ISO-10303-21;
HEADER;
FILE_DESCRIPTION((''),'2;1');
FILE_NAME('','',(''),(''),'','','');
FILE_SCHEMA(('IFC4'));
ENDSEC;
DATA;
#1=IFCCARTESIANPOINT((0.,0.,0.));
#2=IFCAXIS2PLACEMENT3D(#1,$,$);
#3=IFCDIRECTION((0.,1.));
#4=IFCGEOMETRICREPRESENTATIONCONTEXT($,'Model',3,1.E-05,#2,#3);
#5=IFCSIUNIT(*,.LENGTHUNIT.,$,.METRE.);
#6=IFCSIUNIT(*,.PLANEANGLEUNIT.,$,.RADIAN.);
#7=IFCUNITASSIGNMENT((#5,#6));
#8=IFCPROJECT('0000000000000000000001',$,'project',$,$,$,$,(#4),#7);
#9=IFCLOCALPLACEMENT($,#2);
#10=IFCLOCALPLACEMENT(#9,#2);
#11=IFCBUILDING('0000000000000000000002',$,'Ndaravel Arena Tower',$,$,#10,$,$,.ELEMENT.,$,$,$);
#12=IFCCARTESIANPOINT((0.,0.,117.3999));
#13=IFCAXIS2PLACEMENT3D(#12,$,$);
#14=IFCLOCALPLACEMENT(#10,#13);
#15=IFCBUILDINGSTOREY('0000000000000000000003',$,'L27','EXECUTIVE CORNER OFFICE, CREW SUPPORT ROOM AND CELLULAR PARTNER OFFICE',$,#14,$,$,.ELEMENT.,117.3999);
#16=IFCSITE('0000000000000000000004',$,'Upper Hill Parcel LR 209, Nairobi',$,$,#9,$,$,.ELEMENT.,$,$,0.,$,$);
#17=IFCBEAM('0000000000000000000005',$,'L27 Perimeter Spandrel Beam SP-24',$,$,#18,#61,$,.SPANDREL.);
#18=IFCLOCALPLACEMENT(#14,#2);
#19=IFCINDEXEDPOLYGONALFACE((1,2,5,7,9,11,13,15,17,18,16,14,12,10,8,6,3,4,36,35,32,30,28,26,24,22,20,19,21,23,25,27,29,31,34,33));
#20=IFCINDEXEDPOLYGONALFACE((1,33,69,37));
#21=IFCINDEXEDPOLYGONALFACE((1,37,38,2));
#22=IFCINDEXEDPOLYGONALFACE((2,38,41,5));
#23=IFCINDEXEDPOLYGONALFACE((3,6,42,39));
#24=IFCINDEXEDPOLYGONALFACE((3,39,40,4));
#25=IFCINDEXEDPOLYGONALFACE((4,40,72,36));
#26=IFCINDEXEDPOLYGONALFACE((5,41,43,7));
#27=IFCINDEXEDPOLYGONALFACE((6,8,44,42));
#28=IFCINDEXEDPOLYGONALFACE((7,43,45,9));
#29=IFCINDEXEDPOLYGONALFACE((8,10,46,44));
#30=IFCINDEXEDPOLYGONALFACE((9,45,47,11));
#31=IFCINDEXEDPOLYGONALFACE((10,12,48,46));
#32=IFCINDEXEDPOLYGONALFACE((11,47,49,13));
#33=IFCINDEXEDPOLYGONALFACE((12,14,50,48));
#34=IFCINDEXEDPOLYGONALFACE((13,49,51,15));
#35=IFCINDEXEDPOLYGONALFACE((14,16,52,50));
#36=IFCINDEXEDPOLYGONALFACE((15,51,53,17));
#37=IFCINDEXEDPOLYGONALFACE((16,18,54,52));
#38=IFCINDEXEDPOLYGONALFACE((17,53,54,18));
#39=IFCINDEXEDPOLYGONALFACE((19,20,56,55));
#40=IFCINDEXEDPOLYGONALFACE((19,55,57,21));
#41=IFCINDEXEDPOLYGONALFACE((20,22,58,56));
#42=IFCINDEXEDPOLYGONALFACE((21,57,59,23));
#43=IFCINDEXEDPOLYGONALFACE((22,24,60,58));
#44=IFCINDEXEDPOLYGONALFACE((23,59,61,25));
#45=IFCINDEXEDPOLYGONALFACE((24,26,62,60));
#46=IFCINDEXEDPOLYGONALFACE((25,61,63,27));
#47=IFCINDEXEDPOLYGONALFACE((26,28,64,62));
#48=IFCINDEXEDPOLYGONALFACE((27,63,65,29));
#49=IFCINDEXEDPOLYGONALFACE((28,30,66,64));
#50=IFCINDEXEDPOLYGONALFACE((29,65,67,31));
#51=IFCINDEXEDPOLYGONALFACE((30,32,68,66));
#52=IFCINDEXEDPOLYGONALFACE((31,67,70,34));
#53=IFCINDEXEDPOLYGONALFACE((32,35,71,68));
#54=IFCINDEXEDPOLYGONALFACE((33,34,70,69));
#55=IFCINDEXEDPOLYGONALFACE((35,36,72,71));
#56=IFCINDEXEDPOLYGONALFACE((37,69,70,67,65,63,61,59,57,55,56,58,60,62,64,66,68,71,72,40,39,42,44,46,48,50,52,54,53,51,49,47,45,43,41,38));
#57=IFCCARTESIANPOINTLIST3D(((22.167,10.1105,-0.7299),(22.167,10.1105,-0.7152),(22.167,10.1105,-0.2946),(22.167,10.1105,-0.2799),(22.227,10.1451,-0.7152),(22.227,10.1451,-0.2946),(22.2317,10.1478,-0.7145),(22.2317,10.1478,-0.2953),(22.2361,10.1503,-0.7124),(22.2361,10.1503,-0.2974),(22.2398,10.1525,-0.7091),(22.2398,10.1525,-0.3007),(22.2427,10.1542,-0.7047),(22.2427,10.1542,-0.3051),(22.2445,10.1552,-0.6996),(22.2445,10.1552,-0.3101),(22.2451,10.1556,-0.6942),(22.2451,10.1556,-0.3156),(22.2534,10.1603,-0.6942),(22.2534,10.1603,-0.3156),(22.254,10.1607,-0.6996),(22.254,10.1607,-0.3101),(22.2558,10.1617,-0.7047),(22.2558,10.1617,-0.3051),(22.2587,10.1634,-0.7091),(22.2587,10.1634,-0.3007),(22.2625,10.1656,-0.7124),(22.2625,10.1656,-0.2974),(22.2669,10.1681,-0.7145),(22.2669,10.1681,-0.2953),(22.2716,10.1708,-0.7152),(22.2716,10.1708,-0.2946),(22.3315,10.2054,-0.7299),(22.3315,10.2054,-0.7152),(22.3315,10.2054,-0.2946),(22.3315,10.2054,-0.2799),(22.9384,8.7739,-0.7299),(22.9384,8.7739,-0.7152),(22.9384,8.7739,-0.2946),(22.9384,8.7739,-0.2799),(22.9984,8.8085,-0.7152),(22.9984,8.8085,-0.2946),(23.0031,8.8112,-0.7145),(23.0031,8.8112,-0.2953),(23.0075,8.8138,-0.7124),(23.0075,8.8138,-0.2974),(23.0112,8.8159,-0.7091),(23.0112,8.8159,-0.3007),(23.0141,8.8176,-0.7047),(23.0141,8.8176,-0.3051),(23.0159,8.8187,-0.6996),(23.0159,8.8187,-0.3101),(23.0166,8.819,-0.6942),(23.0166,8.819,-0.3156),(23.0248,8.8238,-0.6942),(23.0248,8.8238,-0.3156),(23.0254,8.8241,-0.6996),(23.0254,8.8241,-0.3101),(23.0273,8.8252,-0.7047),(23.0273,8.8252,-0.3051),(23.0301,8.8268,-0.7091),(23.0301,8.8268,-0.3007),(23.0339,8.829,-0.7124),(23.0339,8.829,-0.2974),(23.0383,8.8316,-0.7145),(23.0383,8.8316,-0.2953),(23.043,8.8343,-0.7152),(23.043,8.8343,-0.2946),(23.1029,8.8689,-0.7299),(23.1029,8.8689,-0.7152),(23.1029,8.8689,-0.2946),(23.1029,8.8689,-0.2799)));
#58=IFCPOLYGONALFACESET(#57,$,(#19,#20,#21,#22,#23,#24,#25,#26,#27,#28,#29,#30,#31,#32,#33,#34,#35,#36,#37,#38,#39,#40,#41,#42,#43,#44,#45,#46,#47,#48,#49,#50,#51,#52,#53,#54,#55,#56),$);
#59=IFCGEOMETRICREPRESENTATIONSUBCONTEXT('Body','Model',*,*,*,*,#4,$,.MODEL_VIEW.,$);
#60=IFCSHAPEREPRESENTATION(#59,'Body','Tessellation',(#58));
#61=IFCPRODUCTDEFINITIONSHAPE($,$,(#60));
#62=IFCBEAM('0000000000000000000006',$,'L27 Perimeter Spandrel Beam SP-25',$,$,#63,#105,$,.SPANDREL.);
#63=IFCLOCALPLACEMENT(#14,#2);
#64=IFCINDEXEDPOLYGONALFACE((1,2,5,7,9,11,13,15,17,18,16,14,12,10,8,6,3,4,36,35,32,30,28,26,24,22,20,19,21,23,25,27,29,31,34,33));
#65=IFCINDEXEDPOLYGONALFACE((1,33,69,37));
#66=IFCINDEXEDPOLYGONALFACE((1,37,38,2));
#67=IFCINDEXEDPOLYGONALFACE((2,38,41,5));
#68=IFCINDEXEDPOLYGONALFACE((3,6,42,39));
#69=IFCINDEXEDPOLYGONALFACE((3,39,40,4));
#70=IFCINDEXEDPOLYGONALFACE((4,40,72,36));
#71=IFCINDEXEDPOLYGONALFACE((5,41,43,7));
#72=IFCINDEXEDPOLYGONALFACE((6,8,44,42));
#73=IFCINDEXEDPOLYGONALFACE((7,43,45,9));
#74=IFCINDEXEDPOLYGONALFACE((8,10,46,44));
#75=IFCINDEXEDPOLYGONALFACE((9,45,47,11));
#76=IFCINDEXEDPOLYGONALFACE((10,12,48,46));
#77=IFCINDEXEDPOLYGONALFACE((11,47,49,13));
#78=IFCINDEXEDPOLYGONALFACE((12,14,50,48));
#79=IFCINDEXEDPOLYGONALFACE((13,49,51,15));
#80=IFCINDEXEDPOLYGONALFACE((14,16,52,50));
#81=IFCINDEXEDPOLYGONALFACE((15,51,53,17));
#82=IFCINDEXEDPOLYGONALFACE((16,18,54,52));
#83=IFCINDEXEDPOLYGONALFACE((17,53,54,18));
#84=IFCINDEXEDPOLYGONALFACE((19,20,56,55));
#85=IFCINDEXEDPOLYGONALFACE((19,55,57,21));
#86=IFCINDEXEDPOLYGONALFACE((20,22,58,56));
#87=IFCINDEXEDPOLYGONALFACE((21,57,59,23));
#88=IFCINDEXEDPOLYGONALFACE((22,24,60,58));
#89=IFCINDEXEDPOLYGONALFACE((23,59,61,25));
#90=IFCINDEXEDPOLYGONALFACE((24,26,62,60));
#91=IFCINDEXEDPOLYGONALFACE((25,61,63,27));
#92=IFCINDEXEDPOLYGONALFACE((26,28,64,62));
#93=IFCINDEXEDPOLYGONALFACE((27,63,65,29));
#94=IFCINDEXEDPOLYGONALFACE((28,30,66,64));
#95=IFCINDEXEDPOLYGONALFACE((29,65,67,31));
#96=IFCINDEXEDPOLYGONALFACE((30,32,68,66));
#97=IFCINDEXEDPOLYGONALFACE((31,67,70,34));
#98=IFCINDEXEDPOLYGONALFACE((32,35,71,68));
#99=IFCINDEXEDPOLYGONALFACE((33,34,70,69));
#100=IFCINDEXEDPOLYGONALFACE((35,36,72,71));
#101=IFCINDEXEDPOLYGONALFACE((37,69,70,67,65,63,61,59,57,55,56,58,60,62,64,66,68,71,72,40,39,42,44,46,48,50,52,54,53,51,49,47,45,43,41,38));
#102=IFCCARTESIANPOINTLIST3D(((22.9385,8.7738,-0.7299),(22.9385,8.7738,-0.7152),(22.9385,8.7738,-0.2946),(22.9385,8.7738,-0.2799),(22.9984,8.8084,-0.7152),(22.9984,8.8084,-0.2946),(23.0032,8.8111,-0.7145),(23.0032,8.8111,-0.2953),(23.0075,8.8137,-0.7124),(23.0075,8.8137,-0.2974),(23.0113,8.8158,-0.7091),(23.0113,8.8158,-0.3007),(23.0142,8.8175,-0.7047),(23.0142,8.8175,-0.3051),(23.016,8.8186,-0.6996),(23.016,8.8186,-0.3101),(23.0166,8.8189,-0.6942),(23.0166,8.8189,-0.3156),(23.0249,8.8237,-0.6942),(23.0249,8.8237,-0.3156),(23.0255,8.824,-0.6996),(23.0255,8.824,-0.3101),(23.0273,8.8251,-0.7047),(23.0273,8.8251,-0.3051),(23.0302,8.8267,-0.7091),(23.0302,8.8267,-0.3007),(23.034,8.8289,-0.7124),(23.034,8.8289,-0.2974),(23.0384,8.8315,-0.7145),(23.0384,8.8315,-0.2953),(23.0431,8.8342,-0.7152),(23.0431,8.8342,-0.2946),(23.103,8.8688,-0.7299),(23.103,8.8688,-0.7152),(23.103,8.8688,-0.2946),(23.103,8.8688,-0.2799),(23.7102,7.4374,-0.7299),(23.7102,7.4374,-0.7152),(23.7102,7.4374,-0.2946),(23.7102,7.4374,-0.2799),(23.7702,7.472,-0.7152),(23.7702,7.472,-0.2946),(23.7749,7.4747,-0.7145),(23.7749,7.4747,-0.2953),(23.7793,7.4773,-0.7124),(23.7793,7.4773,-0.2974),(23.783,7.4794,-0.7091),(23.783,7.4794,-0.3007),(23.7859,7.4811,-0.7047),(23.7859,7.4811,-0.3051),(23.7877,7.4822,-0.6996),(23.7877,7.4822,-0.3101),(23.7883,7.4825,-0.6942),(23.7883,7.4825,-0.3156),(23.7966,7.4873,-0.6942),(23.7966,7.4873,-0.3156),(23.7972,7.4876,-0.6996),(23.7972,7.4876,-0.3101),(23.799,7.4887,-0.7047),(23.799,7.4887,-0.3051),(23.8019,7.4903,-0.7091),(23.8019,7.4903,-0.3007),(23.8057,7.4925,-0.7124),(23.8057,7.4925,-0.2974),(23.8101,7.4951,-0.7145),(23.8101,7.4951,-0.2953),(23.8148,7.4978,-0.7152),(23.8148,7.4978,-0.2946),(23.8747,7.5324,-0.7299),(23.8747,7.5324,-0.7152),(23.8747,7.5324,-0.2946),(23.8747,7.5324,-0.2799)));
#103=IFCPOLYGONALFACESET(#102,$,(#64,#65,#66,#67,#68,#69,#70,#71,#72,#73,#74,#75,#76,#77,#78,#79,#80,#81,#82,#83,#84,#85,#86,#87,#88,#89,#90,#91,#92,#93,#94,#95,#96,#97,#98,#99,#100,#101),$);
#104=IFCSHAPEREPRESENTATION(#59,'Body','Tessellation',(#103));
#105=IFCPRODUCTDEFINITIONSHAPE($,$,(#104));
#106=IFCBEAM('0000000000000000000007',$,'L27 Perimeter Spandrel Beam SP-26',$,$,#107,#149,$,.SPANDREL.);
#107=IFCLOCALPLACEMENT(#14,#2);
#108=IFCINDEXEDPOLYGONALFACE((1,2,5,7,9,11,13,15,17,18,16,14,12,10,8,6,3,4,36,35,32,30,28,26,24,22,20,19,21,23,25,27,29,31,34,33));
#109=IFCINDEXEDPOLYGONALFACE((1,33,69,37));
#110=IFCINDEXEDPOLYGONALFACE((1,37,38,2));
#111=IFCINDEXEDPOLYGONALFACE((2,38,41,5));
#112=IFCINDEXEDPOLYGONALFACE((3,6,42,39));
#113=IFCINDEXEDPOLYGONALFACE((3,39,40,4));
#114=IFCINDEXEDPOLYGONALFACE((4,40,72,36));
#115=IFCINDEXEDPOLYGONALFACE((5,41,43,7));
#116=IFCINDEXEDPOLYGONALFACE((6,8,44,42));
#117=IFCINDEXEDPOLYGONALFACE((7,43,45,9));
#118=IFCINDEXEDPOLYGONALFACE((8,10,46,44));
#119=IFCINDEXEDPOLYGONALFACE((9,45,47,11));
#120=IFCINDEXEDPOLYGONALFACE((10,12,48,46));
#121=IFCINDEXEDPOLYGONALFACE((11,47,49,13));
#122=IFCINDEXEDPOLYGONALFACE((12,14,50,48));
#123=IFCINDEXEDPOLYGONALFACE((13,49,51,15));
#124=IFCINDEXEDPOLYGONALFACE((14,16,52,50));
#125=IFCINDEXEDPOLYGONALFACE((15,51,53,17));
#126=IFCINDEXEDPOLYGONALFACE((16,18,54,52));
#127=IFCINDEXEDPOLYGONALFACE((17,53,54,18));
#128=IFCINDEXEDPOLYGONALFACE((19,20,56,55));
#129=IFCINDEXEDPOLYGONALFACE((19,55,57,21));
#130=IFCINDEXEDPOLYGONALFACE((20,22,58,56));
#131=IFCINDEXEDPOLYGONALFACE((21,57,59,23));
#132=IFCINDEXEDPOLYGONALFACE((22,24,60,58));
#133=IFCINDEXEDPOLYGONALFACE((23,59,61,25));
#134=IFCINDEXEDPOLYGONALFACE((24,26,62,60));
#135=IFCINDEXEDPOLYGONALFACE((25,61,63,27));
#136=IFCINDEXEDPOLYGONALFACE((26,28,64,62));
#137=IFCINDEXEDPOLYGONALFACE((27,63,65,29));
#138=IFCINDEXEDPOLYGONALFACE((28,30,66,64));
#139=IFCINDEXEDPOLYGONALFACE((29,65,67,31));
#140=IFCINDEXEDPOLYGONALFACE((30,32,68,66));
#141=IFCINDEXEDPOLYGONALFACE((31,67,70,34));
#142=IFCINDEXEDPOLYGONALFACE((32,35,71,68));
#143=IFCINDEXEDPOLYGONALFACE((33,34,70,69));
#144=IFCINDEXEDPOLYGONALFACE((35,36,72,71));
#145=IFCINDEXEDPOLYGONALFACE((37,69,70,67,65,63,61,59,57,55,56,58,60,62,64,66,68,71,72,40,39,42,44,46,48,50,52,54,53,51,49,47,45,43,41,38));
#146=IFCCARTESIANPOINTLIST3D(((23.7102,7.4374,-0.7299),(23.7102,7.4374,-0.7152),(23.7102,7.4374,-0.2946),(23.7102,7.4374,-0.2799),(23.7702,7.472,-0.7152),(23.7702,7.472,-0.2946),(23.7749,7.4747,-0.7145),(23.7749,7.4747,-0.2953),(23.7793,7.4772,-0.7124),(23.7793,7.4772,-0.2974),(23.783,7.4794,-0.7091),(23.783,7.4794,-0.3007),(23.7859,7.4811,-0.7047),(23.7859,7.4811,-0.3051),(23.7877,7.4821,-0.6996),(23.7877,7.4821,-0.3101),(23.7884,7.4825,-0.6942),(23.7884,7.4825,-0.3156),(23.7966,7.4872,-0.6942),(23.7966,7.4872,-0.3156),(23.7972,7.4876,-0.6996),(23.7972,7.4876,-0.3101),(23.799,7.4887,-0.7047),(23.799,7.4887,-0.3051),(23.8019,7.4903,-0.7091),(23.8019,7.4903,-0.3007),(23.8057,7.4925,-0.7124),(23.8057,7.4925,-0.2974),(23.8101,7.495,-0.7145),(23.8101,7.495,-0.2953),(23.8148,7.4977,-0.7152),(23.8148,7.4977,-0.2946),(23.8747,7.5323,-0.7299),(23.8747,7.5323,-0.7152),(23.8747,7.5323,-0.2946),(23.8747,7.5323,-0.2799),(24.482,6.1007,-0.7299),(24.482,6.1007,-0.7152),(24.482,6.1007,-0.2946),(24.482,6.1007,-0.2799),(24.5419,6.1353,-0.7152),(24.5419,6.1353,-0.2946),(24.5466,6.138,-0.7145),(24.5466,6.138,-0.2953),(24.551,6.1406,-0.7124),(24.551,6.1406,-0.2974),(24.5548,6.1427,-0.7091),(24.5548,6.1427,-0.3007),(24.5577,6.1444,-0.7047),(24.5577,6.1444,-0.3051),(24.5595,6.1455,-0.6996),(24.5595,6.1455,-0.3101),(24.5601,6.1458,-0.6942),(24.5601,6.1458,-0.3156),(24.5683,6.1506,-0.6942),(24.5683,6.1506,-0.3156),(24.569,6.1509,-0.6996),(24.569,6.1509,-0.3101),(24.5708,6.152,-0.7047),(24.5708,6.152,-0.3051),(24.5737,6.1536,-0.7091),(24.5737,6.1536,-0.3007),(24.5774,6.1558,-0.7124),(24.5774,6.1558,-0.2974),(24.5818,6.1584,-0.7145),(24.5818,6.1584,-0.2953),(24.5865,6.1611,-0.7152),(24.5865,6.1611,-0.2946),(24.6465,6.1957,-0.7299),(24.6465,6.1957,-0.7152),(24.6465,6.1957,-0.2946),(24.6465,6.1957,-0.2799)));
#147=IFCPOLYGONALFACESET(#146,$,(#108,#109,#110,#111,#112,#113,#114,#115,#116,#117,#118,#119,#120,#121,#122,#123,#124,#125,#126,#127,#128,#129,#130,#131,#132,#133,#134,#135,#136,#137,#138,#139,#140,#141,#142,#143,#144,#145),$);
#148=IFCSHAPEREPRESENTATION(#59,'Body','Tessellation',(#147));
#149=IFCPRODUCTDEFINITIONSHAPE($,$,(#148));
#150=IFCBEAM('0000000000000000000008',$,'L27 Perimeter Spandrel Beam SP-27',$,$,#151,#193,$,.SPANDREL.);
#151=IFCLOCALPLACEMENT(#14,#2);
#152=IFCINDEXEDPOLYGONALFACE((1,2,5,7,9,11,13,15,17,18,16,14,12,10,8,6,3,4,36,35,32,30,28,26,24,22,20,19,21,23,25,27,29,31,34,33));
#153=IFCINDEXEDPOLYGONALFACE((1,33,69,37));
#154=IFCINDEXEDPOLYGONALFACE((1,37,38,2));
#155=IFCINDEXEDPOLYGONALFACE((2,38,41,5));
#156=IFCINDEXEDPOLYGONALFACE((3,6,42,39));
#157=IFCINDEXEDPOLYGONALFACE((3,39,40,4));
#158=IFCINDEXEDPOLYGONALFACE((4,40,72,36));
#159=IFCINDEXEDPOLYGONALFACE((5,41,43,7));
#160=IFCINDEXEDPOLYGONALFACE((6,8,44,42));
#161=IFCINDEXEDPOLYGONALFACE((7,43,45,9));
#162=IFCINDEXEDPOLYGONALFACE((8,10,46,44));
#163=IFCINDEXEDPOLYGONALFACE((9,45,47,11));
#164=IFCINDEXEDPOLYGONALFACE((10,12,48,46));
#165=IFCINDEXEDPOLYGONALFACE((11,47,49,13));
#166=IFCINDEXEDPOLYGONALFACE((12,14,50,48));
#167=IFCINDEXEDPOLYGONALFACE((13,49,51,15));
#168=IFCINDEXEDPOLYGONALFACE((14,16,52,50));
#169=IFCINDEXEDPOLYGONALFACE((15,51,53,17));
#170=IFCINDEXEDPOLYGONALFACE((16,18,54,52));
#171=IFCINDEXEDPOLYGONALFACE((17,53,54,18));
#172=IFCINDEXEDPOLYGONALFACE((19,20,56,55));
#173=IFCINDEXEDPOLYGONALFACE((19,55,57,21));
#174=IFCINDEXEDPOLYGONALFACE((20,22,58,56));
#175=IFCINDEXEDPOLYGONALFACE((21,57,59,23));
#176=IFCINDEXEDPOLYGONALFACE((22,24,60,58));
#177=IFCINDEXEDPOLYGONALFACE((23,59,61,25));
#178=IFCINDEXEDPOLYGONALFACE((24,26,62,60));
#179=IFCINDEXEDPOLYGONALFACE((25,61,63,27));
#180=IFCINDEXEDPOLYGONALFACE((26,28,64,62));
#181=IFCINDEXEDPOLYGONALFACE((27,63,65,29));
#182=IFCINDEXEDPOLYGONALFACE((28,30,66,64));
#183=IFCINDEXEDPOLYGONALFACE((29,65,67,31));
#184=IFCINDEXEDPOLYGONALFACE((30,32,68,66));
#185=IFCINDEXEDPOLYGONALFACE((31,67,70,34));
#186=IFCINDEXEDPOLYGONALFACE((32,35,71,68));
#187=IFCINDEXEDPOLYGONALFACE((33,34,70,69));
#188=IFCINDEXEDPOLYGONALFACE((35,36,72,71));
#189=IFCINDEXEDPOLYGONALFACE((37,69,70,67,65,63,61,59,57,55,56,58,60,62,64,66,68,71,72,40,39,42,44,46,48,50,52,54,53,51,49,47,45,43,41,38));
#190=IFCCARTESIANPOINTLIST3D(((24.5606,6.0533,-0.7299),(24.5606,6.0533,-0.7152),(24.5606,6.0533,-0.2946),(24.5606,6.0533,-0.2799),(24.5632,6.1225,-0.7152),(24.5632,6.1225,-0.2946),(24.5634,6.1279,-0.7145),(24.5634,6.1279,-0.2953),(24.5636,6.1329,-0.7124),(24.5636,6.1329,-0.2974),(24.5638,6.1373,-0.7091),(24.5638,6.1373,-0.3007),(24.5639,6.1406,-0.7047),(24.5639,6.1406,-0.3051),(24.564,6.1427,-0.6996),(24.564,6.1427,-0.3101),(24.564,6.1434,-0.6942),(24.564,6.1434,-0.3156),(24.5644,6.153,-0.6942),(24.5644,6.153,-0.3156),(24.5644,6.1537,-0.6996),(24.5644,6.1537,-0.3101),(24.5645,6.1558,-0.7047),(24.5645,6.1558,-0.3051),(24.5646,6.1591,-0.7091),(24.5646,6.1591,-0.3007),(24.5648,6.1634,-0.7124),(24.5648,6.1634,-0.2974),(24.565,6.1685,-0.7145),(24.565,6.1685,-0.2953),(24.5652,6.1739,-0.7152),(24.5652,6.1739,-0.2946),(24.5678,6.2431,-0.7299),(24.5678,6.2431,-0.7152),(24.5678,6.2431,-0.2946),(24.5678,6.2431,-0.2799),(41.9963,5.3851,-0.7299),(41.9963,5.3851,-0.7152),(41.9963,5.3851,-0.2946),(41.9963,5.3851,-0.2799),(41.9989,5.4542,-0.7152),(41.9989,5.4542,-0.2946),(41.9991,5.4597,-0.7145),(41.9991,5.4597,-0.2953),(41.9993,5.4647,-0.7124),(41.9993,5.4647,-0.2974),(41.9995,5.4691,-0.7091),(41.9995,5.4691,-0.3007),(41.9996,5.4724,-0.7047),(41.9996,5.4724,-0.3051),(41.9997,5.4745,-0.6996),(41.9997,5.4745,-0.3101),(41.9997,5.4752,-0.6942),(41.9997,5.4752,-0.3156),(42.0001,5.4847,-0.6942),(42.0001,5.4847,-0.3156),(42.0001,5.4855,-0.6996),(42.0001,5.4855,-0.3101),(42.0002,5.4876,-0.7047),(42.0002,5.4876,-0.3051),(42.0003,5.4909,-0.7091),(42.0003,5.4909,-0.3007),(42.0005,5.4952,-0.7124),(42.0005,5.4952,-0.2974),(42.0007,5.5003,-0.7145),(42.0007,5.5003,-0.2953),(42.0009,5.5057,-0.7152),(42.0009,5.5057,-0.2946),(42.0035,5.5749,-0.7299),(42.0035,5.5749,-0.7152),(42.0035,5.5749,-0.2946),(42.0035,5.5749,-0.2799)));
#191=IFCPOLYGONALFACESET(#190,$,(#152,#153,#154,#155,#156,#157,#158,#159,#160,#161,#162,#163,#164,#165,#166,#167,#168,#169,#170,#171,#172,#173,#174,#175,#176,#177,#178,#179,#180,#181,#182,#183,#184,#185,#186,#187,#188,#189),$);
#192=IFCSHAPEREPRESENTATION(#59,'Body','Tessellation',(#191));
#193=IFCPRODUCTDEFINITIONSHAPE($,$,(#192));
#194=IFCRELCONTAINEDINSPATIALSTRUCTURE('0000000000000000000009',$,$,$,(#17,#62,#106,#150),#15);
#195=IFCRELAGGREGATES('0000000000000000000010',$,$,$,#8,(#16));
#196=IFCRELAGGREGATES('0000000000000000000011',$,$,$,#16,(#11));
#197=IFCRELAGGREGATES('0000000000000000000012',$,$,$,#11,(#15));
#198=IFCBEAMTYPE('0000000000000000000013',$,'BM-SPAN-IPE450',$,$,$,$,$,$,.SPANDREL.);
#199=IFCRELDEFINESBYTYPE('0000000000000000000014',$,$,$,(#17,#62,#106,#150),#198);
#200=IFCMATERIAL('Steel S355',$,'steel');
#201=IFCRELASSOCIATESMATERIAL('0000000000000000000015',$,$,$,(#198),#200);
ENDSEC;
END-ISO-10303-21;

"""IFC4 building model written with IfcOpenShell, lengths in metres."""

from ifc_helpers import new_model, si_unit, direction, frame, origin, origin_2d, place, context, subcontext, project, spatial, i_section, extrude, material, material_profile, profile_set, type_object, element, save


model = new_model("IFC4")

# Units and contexts
model_context = context("Model", 3, precision=1e-05, world=origin(), true_north=direction((0.0, 1.0)))
body_context = subcontext(model_context, "Body", "Model", "MODEL_VIEW")
ifc_project = project(units=[si_unit("LENGTHUNIT", "METRE"), si_unit("PLANEANGLEUNIT", "RADIAN")], contexts=[model_context])

# Site, building, storey
site_placement = place(None, origin())
site = spatial("IfcSite", under=ifc_project, at=site_placement, Name="Upper Hill Parcel LR 209, Nairobi", CompositionType="ELEMENT", RefElevation=0.0)
building_placement = place(site_placement, origin())
building = spatial("IfcBuilding", under=site, at=building_placement, Name="Ndaravel Arena Tower", CompositionType="ELEMENT")
storey_placement = place(building_placement, frame((0.0, 0.0, 117.3999)))
storey = spatial("IfcBuildingStorey", under=building, at=storey_placement, Name="L27", Description="EXECUTIVE CORNER OFFICE, CREW SUPPORT ROOM AND CELLULAR PARTNER OFFICE", CompositionType="ELEMENT", Elevation=117.3999)

# Beams
ifc_material_1 = material(Name="Steel S355", Category="steel")
ifc_material_profile_1 = material_profile(ifc_material_1, i_section(OverallWidth=0.1899, OverallDepth=0.45, WebThickness=0.0095, FlangeThickness=0.0146, FilletRadius=0.021, at=origin_2d()), Name="IPE 450")
ifc_profile_set_1 = profile_set([ifc_material_profile_1], Name="Steel S355")
beam_type_1 = type_object("IfcBeamType", Name="BM-SPAN-IPE450", PredefinedType="SPANDREL", material=ifc_profile_set_1)
for number, where, z_axis, x_axis, name in (
    (1, (22.2493, 10.158, -0.5049), (0.499882, -0.866093, 0.0), (0.866093, 0.499882, 0.0), "L27 Perimeter Spandrel Beam SP-24"),
    (2, (23.0208, 8.8213, -0.5049), (0.500069, -0.865985, 0.0), (0.865985, 0.500069, 0.0), "L27 Perimeter Spandrel Beam SP-25"),
):
    element("IfcBeam", number, at=place(storey_placement, frame(where, z_axis=z_axis, x_axis=x_axis)), inside=storey, type_object=beam_type_1, Name=name, PredefinedType="SPANDREL", context=body_context, shape_type="SweptSolid", body=[
        extrude(i_section(OverallWidth=0.1899, OverallDepth=0.45, WebThickness=0.0095, FlangeThickness=0.0146, FilletRadius=0.021, at=origin_2d()), origin(), (0.0, 0.0, 1.0), 1.5432),
    ])
beam_1_placement = place(storey_placement, frame((23.7925, 7.4849, -0.5049), z_axis=(0.500001, -0.866025, 0.0), x_axis=(0.866025, 0.500001, 0.0)))
element("IfcBeam", 3, at=beam_1_placement, inside=storey, type_object=beam_type_1, Name="L27 Perimeter Spandrel Beam SP-26", PredefinedType="SPANDREL", context=body_context, shape_type="SweptSolid", body=[
    extrude(i_section(OverallWidth=0.1899, OverallDepth=0.45, WebThickness=0.0095, FlangeThickness=0.0146, FilletRadius=0.021, at=origin_2d()), origin(), (0.0, 0.0, 1.0), 1.5435),
])
beam_2_placement = place(storey_placement, frame((24.5642, 6.1482, -0.5049), z_axis=(0.999266, -0.038296, 0.0), x_axis=(0.038296, 0.999266, 0.0)))
element("IfcBeam", 4, at=beam_2_placement, inside=storey, type_object=beam_type_1, Name="L27 Perimeter Spandrel Beam SP-27", PredefinedType="SPANDREL", context=body_context, shape_type="SweptSolid", body=[
    extrude(i_section(OverallWidth=0.1899, OverallDepth=0.45, WebThickness=0.0095, FlangeThickness=0.0146, FilletRadius=0.021, at=origin_2d()), origin(), (0.0, 0.0, 1.0), 17.4485),
])

save(model, "model.ifc")
